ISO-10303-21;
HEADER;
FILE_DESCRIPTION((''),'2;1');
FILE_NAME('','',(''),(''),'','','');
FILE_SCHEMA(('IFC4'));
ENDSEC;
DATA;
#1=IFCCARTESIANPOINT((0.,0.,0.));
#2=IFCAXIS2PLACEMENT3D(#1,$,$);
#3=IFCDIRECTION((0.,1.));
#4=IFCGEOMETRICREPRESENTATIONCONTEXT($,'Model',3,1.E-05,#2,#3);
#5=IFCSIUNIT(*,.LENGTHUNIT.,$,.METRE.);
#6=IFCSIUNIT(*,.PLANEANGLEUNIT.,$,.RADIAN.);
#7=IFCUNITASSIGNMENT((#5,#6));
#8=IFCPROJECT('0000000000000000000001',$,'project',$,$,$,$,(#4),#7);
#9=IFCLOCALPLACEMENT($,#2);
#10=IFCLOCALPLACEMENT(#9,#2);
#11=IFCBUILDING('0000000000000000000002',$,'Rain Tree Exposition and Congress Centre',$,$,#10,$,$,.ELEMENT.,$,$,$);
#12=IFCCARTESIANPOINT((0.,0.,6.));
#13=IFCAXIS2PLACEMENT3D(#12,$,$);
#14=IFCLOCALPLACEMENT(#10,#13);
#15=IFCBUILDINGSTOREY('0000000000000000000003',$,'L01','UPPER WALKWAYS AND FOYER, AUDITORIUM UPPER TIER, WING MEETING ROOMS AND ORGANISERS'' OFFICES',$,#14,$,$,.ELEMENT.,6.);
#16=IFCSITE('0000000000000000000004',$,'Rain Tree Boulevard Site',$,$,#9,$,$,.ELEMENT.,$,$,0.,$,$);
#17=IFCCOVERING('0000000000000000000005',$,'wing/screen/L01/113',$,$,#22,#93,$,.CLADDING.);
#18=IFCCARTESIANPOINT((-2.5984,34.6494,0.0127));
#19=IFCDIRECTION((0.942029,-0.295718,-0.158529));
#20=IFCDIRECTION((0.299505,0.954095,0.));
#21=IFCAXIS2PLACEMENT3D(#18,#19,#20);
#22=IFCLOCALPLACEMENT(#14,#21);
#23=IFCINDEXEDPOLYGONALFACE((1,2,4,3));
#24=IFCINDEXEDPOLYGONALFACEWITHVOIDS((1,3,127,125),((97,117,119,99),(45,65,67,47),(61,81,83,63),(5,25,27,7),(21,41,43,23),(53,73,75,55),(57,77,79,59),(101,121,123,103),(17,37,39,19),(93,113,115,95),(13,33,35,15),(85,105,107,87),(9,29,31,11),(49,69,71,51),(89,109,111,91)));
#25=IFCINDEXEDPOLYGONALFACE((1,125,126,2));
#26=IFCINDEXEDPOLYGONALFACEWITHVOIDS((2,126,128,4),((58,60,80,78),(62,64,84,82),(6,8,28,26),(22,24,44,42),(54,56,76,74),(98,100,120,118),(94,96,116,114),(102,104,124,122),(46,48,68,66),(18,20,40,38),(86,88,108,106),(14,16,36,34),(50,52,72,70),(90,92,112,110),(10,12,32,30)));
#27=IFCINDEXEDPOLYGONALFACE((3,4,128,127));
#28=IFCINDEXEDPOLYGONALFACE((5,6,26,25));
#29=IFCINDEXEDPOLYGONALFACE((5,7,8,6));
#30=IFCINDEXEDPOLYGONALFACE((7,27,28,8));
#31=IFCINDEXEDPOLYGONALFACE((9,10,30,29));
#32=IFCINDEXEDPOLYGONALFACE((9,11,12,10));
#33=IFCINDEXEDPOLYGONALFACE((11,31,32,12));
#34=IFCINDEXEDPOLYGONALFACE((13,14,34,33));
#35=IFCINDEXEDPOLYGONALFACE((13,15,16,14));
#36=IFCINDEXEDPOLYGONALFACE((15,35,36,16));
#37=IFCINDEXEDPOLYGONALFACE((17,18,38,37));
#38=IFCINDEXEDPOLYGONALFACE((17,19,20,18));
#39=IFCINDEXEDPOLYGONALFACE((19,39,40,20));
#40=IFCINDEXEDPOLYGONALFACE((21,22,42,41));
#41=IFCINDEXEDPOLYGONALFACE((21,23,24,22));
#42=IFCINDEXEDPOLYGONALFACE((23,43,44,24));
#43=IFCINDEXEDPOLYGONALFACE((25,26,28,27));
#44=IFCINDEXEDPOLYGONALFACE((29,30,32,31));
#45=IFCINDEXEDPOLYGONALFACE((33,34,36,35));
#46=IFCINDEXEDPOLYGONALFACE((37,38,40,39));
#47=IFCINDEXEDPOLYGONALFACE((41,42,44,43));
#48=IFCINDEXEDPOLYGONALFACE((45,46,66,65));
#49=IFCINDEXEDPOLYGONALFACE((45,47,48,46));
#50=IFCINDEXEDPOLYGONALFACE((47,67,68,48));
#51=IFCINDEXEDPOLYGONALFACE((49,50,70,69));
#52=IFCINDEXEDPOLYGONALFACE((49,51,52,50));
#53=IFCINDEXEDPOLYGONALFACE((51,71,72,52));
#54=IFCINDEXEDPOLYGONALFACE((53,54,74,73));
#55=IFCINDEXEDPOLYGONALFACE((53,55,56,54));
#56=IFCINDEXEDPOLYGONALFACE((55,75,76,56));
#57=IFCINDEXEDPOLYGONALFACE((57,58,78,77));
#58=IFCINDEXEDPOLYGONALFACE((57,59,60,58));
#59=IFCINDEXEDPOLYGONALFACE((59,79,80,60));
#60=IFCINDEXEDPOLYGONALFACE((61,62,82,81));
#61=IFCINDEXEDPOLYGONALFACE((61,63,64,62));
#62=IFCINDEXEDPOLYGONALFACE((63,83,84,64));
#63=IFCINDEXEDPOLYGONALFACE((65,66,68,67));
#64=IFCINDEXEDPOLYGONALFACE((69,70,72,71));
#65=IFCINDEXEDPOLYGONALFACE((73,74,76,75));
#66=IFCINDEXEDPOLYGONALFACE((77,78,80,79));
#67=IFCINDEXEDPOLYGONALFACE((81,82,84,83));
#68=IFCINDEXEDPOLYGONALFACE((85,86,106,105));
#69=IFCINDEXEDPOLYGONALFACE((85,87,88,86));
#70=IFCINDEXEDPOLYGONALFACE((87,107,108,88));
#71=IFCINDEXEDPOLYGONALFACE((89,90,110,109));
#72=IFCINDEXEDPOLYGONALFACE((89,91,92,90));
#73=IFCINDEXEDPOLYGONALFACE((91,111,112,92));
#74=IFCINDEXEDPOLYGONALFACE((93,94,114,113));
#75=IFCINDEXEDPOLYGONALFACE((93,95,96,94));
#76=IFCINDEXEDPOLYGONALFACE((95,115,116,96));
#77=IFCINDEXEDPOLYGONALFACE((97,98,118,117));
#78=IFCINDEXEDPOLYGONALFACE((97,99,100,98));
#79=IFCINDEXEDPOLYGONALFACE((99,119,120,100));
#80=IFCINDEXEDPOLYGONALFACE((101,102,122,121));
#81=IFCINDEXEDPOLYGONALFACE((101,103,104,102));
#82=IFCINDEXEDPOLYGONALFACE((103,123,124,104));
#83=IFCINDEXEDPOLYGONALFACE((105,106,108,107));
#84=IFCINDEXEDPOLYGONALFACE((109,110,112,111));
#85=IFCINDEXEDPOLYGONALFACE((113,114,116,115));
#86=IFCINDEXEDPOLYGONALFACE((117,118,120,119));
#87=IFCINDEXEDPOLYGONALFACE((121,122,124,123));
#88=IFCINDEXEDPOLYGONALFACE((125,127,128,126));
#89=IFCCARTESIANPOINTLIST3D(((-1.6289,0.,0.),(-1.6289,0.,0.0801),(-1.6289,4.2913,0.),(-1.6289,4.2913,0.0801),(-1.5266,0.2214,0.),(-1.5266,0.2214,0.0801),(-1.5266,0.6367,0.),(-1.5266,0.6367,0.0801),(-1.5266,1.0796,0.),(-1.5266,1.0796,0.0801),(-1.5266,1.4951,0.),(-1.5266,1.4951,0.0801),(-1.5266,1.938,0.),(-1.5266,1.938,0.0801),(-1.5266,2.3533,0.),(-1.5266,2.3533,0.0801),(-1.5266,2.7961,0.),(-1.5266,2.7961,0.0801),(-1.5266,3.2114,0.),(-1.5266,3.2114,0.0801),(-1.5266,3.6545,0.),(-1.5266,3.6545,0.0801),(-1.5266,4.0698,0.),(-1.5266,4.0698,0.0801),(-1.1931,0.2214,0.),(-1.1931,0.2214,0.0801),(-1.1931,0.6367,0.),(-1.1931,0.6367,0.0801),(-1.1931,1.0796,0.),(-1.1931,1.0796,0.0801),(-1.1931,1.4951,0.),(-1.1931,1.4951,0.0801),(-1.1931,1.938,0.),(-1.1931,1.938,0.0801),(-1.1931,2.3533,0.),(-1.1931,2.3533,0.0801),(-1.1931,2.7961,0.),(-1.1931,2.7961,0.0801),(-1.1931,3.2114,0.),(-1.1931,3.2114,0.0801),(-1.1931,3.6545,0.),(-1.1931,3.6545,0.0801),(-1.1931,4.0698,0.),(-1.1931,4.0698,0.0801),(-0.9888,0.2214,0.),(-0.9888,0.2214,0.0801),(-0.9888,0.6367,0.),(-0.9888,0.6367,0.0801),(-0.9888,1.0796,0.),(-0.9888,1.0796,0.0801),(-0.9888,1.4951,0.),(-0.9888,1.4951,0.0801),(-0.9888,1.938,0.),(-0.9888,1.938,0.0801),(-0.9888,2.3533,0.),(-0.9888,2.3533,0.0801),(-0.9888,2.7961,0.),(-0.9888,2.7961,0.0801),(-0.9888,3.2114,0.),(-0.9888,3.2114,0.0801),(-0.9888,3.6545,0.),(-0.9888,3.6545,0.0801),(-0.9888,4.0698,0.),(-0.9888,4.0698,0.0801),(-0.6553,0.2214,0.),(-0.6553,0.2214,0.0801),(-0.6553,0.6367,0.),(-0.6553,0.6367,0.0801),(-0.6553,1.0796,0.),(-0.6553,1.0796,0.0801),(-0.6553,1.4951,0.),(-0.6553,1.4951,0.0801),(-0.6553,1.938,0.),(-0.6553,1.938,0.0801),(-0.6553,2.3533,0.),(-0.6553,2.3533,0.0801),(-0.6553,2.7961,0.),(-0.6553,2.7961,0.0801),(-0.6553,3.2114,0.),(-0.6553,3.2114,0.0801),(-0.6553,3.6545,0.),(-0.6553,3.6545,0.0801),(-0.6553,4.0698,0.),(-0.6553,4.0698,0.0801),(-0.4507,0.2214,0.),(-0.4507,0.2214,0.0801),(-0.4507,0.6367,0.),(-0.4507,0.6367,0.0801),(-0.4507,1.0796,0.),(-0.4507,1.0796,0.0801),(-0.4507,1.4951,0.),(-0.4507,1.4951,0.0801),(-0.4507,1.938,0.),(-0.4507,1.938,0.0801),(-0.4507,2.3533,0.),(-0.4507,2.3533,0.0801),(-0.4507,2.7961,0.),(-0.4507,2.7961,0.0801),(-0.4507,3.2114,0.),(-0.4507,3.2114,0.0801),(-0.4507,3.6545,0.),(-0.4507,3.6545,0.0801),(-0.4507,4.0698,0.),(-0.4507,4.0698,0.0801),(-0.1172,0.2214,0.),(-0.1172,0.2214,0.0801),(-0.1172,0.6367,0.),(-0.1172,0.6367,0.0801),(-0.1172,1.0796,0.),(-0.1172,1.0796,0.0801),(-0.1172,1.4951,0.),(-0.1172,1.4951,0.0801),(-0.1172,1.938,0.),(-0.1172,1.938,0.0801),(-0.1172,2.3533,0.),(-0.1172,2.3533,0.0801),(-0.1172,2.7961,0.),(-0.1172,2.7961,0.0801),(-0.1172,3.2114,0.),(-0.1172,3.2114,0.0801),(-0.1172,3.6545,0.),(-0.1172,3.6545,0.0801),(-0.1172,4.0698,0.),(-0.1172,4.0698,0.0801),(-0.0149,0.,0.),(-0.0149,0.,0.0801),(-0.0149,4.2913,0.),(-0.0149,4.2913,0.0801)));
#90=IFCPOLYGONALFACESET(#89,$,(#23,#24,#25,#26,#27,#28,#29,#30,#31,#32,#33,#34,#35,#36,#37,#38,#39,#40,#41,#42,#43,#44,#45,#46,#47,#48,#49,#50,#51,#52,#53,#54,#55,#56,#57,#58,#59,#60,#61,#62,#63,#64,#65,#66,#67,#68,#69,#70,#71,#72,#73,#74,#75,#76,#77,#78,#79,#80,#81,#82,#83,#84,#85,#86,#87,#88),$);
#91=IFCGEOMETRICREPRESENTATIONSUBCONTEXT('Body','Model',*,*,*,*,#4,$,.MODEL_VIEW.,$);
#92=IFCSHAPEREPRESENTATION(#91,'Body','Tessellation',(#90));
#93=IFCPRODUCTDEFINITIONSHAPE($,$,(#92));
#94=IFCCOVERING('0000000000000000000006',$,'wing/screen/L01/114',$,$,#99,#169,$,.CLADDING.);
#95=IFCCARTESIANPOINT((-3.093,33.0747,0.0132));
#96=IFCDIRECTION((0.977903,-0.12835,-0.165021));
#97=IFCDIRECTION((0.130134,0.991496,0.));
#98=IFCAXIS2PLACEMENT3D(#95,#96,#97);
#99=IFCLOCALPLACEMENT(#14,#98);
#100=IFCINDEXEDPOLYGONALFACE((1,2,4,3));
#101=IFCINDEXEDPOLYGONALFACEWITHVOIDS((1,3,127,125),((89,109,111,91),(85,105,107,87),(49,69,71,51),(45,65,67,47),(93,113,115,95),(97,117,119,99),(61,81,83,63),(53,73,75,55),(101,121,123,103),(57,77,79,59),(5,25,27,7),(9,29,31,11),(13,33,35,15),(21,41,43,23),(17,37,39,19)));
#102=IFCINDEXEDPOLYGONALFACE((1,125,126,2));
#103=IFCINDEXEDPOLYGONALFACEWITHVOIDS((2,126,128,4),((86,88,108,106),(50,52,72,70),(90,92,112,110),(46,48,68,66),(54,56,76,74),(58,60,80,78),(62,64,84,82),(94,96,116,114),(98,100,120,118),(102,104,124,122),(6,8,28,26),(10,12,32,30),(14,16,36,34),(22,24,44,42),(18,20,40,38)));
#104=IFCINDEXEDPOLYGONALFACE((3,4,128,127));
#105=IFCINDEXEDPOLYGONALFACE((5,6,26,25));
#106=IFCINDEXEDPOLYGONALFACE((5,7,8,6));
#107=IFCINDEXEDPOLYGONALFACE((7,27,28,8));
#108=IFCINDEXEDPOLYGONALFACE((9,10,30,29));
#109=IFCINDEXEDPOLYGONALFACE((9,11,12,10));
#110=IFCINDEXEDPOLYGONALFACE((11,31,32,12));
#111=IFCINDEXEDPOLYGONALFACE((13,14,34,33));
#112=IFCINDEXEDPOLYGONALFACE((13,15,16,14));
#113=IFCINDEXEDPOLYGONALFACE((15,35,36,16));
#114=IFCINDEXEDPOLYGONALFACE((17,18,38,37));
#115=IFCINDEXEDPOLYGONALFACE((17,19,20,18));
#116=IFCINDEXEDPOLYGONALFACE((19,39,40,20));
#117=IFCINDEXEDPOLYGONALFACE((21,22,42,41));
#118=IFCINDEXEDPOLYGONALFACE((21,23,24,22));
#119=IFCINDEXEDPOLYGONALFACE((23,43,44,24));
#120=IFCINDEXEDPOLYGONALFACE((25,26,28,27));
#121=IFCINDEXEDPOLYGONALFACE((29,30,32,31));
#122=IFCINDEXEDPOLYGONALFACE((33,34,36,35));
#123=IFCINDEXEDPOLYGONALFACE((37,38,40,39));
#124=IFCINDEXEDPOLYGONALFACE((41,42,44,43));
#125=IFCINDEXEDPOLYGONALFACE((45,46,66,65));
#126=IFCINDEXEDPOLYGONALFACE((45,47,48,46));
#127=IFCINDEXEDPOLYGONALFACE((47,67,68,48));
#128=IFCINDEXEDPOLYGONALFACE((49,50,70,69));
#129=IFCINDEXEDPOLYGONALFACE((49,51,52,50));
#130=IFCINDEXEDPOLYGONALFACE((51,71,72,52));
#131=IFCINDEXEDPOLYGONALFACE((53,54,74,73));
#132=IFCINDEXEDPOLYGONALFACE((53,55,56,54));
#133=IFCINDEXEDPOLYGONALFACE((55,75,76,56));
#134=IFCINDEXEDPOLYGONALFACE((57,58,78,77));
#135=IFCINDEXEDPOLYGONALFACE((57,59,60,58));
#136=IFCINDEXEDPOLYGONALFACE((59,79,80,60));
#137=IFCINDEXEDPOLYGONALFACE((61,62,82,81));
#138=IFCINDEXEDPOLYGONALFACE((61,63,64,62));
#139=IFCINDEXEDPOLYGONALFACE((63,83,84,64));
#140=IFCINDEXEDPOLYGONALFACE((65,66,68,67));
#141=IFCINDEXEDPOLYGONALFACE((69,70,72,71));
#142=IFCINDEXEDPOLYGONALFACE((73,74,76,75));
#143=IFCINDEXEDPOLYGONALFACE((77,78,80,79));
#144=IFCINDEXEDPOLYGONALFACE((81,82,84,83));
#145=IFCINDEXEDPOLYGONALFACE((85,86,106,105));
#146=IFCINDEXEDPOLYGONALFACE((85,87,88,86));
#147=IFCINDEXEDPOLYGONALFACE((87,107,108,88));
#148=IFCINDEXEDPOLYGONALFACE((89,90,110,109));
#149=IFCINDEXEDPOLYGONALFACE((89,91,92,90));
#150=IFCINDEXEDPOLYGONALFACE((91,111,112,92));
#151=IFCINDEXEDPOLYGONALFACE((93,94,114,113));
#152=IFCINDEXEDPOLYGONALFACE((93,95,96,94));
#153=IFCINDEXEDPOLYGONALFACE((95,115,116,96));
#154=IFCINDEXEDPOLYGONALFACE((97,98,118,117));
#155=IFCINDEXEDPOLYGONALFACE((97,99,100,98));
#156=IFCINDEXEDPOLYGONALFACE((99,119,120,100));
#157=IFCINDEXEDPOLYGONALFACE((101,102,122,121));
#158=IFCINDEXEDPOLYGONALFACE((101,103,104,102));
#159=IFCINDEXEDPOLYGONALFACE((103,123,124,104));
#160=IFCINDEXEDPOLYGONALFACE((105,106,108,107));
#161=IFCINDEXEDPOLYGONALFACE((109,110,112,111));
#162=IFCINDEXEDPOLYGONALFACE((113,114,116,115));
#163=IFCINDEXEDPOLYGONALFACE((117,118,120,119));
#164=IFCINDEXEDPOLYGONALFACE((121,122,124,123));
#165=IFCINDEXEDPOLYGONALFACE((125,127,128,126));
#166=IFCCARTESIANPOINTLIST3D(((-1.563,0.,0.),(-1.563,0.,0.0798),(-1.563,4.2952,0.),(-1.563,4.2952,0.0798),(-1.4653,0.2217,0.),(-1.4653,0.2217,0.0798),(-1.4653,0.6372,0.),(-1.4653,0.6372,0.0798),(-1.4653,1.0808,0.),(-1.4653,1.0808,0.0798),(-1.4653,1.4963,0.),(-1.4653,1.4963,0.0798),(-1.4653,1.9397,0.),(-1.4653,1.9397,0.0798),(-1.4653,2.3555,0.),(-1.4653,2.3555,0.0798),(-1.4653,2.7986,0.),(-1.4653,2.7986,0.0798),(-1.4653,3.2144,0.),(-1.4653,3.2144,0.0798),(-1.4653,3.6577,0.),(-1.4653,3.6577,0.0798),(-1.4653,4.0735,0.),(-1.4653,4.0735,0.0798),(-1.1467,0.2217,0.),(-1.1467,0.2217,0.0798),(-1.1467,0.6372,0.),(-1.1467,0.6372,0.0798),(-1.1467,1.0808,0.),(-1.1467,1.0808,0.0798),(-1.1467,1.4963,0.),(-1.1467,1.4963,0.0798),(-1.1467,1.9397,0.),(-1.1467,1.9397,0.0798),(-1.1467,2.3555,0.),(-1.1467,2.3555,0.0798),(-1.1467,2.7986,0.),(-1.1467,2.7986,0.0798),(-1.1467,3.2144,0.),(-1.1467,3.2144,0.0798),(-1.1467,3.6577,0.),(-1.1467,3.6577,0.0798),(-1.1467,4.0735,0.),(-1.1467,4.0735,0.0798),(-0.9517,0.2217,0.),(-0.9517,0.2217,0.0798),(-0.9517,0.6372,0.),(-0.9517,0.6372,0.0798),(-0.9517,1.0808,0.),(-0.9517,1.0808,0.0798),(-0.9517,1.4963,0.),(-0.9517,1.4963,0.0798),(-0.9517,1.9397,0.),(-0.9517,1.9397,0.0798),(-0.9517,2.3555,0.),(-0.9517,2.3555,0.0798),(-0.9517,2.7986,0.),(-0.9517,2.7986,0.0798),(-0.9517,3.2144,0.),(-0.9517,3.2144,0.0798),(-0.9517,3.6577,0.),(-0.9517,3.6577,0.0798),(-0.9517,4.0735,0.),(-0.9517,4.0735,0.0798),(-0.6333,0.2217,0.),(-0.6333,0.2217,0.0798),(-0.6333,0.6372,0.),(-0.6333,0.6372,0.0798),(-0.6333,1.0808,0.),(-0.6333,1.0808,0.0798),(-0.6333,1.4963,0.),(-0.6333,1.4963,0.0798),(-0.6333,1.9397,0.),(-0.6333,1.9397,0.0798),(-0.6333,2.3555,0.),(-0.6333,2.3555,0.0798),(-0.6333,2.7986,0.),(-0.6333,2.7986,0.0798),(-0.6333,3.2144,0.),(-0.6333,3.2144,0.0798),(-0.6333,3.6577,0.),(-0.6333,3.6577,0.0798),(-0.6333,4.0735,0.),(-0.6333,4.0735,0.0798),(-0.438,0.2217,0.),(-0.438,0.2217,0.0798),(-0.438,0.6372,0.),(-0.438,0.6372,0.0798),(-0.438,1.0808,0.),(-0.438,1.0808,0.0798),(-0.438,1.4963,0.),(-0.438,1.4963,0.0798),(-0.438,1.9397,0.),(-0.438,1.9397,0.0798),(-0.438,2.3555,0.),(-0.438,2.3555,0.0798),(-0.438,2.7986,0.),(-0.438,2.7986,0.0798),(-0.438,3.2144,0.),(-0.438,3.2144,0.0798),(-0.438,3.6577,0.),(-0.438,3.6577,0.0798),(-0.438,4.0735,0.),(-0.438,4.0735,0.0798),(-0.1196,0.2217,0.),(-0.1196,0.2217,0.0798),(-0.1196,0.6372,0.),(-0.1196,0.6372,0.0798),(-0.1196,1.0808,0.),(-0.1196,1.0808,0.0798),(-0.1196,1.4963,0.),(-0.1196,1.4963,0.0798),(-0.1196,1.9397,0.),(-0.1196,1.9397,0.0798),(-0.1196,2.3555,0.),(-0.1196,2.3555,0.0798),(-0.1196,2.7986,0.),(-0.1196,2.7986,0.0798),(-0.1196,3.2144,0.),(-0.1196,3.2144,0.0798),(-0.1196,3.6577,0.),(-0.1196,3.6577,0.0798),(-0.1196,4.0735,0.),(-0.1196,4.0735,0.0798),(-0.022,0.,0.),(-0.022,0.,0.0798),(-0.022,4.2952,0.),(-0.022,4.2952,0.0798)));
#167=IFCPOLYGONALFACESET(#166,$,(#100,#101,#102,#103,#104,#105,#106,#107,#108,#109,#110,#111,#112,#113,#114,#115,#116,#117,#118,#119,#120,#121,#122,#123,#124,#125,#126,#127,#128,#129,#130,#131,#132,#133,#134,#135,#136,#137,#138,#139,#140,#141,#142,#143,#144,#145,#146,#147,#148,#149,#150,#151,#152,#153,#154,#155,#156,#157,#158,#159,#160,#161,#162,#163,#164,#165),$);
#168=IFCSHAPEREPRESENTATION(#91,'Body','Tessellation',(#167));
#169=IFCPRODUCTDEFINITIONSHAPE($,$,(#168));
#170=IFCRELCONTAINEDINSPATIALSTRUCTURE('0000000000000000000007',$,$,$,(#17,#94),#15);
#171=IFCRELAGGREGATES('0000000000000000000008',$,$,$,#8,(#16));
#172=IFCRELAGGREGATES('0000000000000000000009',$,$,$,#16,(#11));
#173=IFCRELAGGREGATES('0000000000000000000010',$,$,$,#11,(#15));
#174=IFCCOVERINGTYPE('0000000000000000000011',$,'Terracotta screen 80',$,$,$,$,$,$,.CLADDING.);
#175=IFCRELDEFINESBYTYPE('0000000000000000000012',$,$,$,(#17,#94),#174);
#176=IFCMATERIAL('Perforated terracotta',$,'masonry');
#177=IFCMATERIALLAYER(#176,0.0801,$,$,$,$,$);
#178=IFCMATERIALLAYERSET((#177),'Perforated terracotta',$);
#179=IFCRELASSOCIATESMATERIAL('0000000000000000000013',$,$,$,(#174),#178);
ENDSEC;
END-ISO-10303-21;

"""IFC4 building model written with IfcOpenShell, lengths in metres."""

from ifc_helpers import new_model, si_unit, direction, frame, origin, place, context, subcontext, project, spatial, polyline, outline, extrude, material, layer, layer_set, type_object, element, save


model = new_model("IFC4")

# Units and contexts
model_context = context("Model", 3, precision=1e-05, world=origin(), true_north=direction((0.0, 1.0)))
body_context = subcontext(model_context, "Body", "Model", "MODEL_VIEW")
ifc_project = project(units=[si_unit("LENGTHUNIT", "METRE"), si_unit("PLANEANGLEUNIT", "RADIAN")], contexts=[model_context])

# Site, building, storey
site_placement = place(None, origin())
site = spatial("IfcSite", under=ifc_project, at=site_placement, Name="Rain Tree Boulevard Site", CompositionType="ELEMENT", RefElevation=0.0)
building_placement = place(site_placement, origin())
building = spatial("IfcBuilding", under=site, at=building_placement, Name="Rain Tree Exposition and Congress Centre", CompositionType="ELEMENT")
storey_placement = place(building_placement, frame((0.0, 0.0, 6.0)))
storey = spatial("IfcBuildingStorey", under=building, at=storey_placement, Name="L01", Description="UPPER WALKWAYS AND FOYER, AUDITORIUM UPPER TIER, WING MEETING ROOMS AND ORGANISERS' OFFICES", CompositionType="ELEMENT", Elevation=6.0)

# Coverings
ifc_material_1 = material(Name="Perforated terracotta", Category="masonry")
ifc_layer_1 = layer(ifc_material_1, 0.0801)
ifc_layer_set_1 = layer_set([ifc_layer_1], Name="Perforated terracotta")
covering_type = type_object("IfcCoveringType", Name="Terracotta screen 80", PredefinedType="CLADDING", material=ifc_layer_set_1)
covering_1_placement = place(storey_placement, frame((-2.5984, 34.6494, 0.0127), z_axis=(0.942029, -0.295718, -0.158529), x_axis=(0.299505, 0.954095, 0.0)))
element("IfcCovering", 1, at=covering_1_placement, inside=storey, type_object=covering_type, Name="wing/screen/L01/113", PredefinedType="CLADDING", context=body_context, shape_type="SweptSolid", body=[
    extrude(outline(polyline([(-1.6289, 0.0), (-1.6289, 4.2913), (-0.0149, 4.2913), (-0.0149, 0.0), (-1.6289, 0.0)]), holes=[polyline([(-0.1172, 0.2214), (-0.1172, 0.6367), (-0.4507, 0.6367), (-0.4507, 0.2214), (-0.1172, 0.2214)]), polyline([(-0.1172, 1.0796), (-0.1172, 1.4951), (-0.4507, 1.4951), (-0.4507, 1.0796), (-0.1172, 1.0796)]), polyline([(-0.1172, 1.938), (-0.1172, 2.3533), (-0.4507, 2.3533), (-0.4507, 1.938), (-0.1172, 1.938)]), polyline([(-0.1172, 2.7961), (-0.1172, 3.2114), (-0.4507, 3.2114), (-0.4507, 2.7961), (-0.1172, 2.7961)]), polyline([(-0.1172, 3.6545), (-0.1172, 4.0698), (-0.4507, 4.0698), (-0.4507, 3.6545), (-0.1172, 3.6545)]), polyline([(-0.6553, 0.2214), (-0.6553, 0.6367), (-0.9888, 0.6367), (-0.9888, 0.2214), (-0.6553, 0.2214)]), polyline([(-0.6553, 1.0796), (-0.6553, 1.4951), (-0.9888, 1.4951), (-0.9888, 1.0796), (-0.6553, 1.0796)]), polyline([(-0.6553, 1.938), (-0.6553, 2.3533), (-0.9888, 2.3533), (-0.9888, 1.938), (-0.6553, 1.938)]), polyline([(-0.6553, 2.7961), (-0.6553, 3.2114), (-0.9888, 3.2114), (-0.9888, 2.7961), (-0.6553, 2.7961)]), polyline([(-0.6553, 3.6545), (-0.6553, 4.0698), (-0.9888, 4.0698), (-0.9888, 3.6545), (-0.6553, 3.6545)]), polyline([(-1.1931, 0.2214), (-1.1931, 0.6367), (-1.5266, 0.6367), (-1.5266, 0.2214), (-1.1931, 0.2214)]), polyline([(-1.1931, 1.0796), (-1.1931, 1.4951), (-1.5266, 1.4951), (-1.5266, 1.0796), (-1.1931, 1.0796)]), polyline([(-1.1931, 1.938), (-1.1931, 2.3533), (-1.5266, 2.3533), (-1.5266, 1.938), (-1.1931, 1.938)]), polyline([(-1.1931, 2.7961), (-1.1931, 3.2114), (-1.5266, 3.2114), (-1.5266, 2.7961), (-1.1931, 2.7961)]), polyline([(-1.1931, 3.6545), (-1.1931, 4.0698), (-1.5266, 4.0698), (-1.5266, 3.6545), (-1.1931, 3.6545)])]), origin(), (0.0, 0.0, 1.0), 0.0801),
])
covering_2_placement = place(storey_placement, frame((-3.093, 33.0747, 0.0132), z_axis=(0.977903, -0.12835, -0.165021), x_axis=(0.130134, 0.991496, 0.0)))
element("IfcCovering", 2, at=covering_2_placement, inside=storey, type_object=covering_type, Name="wing/screen/L01/114", PredefinedType="CLADDING", context=body_context, shape_type="SweptSolid", body=[
    extrude(outline(polyline([(-1.563, 0.0), (-1.563, 4.2952), (-0.022, 4.2952), (-0.022, 0.0), (-1.563, 0.0)]), holes=[polyline([(-0.1196, 0.2217), (-0.1196, 0.6372), (-0.438, 0.6372), (-0.438, 0.2217), (-0.1196, 0.2217)]), polyline([(-0.1196, 1.0808), (-0.1196, 1.4963), (-0.438, 1.4963), (-0.438, 1.0808), (-0.1196, 1.0808)]), polyline([(-0.1196, 1.9397), (-0.1196, 2.3555), (-0.438, 2.3555), (-0.438, 1.9397), (-0.1196, 1.9397)]), polyline([(-0.1196, 2.7986), (-0.1196, 3.2144), (-0.438, 3.2144), (-0.438, 2.7986), (-0.1196, 2.7986)]), polyline([(-0.1196, 3.6577), (-0.1196, 4.0735), (-0.438, 4.0735), (-0.438, 3.6577), (-0.1196, 3.6577)]), polyline([(-0.6333, 0.2217), (-0.6333, 0.6372), (-0.9517, 0.6372), (-0.9517, 0.2217), (-0.6333, 0.2217)]), polyline([(-0.6333, 1.0808), (-0.6333, 1.4963), (-0.9517, 1.4963), (-0.9517, 1.0808), (-0.6333, 1.0808)]), polyline([(-0.6333, 1.9397), (-0.6333, 2.3555), (-0.9517, 2.3555), (-0.9517, 1.9397), (-0.6333, 1.9397)]), polyline([(-0.6333, 2.7986), (-0.6333, 3.2144), (-0.9517, 3.2144), (-0.9517, 2.7986), (-0.6333, 2.7986)]), polyline([(-0.6333, 3.6577), (-0.6333, 4.0735), (-0.9517, 4.0735), (-0.9517, 3.6577), (-0.6333, 3.6577)]), polyline([(-1.1467, 0.2217), (-1.1467, 0.6372), (-1.4653, 0.6372), (-1.4653, 0.2217), (-1.1467, 0.2217)]), polyline([(-1.1467, 1.0808), (-1.1467, 1.4963), (-1.4653, 1.4963), (-1.4653, 1.0808), (-1.1467, 1.0808)]), polyline([(-1.1467, 1.9397), (-1.1467, 2.3555), (-1.4653, 2.3555), (-1.4653, 1.9397), (-1.1467, 1.9397)]), polyline([(-1.1467, 2.7986), (-1.1467, 3.2144), (-1.4653, 3.2144), (-1.4653, 2.7986), (-1.1467, 2.7986)]), polyline([(-1.1467, 3.6577), (-1.1467, 4.0735), (-1.4653, 4.0735), (-1.4653, 3.6577), (-1.1467, 3.6577)])]), origin(), (0.0, 0.0, 1.0), 0.0798),
])

save(model, "model.ifc")
